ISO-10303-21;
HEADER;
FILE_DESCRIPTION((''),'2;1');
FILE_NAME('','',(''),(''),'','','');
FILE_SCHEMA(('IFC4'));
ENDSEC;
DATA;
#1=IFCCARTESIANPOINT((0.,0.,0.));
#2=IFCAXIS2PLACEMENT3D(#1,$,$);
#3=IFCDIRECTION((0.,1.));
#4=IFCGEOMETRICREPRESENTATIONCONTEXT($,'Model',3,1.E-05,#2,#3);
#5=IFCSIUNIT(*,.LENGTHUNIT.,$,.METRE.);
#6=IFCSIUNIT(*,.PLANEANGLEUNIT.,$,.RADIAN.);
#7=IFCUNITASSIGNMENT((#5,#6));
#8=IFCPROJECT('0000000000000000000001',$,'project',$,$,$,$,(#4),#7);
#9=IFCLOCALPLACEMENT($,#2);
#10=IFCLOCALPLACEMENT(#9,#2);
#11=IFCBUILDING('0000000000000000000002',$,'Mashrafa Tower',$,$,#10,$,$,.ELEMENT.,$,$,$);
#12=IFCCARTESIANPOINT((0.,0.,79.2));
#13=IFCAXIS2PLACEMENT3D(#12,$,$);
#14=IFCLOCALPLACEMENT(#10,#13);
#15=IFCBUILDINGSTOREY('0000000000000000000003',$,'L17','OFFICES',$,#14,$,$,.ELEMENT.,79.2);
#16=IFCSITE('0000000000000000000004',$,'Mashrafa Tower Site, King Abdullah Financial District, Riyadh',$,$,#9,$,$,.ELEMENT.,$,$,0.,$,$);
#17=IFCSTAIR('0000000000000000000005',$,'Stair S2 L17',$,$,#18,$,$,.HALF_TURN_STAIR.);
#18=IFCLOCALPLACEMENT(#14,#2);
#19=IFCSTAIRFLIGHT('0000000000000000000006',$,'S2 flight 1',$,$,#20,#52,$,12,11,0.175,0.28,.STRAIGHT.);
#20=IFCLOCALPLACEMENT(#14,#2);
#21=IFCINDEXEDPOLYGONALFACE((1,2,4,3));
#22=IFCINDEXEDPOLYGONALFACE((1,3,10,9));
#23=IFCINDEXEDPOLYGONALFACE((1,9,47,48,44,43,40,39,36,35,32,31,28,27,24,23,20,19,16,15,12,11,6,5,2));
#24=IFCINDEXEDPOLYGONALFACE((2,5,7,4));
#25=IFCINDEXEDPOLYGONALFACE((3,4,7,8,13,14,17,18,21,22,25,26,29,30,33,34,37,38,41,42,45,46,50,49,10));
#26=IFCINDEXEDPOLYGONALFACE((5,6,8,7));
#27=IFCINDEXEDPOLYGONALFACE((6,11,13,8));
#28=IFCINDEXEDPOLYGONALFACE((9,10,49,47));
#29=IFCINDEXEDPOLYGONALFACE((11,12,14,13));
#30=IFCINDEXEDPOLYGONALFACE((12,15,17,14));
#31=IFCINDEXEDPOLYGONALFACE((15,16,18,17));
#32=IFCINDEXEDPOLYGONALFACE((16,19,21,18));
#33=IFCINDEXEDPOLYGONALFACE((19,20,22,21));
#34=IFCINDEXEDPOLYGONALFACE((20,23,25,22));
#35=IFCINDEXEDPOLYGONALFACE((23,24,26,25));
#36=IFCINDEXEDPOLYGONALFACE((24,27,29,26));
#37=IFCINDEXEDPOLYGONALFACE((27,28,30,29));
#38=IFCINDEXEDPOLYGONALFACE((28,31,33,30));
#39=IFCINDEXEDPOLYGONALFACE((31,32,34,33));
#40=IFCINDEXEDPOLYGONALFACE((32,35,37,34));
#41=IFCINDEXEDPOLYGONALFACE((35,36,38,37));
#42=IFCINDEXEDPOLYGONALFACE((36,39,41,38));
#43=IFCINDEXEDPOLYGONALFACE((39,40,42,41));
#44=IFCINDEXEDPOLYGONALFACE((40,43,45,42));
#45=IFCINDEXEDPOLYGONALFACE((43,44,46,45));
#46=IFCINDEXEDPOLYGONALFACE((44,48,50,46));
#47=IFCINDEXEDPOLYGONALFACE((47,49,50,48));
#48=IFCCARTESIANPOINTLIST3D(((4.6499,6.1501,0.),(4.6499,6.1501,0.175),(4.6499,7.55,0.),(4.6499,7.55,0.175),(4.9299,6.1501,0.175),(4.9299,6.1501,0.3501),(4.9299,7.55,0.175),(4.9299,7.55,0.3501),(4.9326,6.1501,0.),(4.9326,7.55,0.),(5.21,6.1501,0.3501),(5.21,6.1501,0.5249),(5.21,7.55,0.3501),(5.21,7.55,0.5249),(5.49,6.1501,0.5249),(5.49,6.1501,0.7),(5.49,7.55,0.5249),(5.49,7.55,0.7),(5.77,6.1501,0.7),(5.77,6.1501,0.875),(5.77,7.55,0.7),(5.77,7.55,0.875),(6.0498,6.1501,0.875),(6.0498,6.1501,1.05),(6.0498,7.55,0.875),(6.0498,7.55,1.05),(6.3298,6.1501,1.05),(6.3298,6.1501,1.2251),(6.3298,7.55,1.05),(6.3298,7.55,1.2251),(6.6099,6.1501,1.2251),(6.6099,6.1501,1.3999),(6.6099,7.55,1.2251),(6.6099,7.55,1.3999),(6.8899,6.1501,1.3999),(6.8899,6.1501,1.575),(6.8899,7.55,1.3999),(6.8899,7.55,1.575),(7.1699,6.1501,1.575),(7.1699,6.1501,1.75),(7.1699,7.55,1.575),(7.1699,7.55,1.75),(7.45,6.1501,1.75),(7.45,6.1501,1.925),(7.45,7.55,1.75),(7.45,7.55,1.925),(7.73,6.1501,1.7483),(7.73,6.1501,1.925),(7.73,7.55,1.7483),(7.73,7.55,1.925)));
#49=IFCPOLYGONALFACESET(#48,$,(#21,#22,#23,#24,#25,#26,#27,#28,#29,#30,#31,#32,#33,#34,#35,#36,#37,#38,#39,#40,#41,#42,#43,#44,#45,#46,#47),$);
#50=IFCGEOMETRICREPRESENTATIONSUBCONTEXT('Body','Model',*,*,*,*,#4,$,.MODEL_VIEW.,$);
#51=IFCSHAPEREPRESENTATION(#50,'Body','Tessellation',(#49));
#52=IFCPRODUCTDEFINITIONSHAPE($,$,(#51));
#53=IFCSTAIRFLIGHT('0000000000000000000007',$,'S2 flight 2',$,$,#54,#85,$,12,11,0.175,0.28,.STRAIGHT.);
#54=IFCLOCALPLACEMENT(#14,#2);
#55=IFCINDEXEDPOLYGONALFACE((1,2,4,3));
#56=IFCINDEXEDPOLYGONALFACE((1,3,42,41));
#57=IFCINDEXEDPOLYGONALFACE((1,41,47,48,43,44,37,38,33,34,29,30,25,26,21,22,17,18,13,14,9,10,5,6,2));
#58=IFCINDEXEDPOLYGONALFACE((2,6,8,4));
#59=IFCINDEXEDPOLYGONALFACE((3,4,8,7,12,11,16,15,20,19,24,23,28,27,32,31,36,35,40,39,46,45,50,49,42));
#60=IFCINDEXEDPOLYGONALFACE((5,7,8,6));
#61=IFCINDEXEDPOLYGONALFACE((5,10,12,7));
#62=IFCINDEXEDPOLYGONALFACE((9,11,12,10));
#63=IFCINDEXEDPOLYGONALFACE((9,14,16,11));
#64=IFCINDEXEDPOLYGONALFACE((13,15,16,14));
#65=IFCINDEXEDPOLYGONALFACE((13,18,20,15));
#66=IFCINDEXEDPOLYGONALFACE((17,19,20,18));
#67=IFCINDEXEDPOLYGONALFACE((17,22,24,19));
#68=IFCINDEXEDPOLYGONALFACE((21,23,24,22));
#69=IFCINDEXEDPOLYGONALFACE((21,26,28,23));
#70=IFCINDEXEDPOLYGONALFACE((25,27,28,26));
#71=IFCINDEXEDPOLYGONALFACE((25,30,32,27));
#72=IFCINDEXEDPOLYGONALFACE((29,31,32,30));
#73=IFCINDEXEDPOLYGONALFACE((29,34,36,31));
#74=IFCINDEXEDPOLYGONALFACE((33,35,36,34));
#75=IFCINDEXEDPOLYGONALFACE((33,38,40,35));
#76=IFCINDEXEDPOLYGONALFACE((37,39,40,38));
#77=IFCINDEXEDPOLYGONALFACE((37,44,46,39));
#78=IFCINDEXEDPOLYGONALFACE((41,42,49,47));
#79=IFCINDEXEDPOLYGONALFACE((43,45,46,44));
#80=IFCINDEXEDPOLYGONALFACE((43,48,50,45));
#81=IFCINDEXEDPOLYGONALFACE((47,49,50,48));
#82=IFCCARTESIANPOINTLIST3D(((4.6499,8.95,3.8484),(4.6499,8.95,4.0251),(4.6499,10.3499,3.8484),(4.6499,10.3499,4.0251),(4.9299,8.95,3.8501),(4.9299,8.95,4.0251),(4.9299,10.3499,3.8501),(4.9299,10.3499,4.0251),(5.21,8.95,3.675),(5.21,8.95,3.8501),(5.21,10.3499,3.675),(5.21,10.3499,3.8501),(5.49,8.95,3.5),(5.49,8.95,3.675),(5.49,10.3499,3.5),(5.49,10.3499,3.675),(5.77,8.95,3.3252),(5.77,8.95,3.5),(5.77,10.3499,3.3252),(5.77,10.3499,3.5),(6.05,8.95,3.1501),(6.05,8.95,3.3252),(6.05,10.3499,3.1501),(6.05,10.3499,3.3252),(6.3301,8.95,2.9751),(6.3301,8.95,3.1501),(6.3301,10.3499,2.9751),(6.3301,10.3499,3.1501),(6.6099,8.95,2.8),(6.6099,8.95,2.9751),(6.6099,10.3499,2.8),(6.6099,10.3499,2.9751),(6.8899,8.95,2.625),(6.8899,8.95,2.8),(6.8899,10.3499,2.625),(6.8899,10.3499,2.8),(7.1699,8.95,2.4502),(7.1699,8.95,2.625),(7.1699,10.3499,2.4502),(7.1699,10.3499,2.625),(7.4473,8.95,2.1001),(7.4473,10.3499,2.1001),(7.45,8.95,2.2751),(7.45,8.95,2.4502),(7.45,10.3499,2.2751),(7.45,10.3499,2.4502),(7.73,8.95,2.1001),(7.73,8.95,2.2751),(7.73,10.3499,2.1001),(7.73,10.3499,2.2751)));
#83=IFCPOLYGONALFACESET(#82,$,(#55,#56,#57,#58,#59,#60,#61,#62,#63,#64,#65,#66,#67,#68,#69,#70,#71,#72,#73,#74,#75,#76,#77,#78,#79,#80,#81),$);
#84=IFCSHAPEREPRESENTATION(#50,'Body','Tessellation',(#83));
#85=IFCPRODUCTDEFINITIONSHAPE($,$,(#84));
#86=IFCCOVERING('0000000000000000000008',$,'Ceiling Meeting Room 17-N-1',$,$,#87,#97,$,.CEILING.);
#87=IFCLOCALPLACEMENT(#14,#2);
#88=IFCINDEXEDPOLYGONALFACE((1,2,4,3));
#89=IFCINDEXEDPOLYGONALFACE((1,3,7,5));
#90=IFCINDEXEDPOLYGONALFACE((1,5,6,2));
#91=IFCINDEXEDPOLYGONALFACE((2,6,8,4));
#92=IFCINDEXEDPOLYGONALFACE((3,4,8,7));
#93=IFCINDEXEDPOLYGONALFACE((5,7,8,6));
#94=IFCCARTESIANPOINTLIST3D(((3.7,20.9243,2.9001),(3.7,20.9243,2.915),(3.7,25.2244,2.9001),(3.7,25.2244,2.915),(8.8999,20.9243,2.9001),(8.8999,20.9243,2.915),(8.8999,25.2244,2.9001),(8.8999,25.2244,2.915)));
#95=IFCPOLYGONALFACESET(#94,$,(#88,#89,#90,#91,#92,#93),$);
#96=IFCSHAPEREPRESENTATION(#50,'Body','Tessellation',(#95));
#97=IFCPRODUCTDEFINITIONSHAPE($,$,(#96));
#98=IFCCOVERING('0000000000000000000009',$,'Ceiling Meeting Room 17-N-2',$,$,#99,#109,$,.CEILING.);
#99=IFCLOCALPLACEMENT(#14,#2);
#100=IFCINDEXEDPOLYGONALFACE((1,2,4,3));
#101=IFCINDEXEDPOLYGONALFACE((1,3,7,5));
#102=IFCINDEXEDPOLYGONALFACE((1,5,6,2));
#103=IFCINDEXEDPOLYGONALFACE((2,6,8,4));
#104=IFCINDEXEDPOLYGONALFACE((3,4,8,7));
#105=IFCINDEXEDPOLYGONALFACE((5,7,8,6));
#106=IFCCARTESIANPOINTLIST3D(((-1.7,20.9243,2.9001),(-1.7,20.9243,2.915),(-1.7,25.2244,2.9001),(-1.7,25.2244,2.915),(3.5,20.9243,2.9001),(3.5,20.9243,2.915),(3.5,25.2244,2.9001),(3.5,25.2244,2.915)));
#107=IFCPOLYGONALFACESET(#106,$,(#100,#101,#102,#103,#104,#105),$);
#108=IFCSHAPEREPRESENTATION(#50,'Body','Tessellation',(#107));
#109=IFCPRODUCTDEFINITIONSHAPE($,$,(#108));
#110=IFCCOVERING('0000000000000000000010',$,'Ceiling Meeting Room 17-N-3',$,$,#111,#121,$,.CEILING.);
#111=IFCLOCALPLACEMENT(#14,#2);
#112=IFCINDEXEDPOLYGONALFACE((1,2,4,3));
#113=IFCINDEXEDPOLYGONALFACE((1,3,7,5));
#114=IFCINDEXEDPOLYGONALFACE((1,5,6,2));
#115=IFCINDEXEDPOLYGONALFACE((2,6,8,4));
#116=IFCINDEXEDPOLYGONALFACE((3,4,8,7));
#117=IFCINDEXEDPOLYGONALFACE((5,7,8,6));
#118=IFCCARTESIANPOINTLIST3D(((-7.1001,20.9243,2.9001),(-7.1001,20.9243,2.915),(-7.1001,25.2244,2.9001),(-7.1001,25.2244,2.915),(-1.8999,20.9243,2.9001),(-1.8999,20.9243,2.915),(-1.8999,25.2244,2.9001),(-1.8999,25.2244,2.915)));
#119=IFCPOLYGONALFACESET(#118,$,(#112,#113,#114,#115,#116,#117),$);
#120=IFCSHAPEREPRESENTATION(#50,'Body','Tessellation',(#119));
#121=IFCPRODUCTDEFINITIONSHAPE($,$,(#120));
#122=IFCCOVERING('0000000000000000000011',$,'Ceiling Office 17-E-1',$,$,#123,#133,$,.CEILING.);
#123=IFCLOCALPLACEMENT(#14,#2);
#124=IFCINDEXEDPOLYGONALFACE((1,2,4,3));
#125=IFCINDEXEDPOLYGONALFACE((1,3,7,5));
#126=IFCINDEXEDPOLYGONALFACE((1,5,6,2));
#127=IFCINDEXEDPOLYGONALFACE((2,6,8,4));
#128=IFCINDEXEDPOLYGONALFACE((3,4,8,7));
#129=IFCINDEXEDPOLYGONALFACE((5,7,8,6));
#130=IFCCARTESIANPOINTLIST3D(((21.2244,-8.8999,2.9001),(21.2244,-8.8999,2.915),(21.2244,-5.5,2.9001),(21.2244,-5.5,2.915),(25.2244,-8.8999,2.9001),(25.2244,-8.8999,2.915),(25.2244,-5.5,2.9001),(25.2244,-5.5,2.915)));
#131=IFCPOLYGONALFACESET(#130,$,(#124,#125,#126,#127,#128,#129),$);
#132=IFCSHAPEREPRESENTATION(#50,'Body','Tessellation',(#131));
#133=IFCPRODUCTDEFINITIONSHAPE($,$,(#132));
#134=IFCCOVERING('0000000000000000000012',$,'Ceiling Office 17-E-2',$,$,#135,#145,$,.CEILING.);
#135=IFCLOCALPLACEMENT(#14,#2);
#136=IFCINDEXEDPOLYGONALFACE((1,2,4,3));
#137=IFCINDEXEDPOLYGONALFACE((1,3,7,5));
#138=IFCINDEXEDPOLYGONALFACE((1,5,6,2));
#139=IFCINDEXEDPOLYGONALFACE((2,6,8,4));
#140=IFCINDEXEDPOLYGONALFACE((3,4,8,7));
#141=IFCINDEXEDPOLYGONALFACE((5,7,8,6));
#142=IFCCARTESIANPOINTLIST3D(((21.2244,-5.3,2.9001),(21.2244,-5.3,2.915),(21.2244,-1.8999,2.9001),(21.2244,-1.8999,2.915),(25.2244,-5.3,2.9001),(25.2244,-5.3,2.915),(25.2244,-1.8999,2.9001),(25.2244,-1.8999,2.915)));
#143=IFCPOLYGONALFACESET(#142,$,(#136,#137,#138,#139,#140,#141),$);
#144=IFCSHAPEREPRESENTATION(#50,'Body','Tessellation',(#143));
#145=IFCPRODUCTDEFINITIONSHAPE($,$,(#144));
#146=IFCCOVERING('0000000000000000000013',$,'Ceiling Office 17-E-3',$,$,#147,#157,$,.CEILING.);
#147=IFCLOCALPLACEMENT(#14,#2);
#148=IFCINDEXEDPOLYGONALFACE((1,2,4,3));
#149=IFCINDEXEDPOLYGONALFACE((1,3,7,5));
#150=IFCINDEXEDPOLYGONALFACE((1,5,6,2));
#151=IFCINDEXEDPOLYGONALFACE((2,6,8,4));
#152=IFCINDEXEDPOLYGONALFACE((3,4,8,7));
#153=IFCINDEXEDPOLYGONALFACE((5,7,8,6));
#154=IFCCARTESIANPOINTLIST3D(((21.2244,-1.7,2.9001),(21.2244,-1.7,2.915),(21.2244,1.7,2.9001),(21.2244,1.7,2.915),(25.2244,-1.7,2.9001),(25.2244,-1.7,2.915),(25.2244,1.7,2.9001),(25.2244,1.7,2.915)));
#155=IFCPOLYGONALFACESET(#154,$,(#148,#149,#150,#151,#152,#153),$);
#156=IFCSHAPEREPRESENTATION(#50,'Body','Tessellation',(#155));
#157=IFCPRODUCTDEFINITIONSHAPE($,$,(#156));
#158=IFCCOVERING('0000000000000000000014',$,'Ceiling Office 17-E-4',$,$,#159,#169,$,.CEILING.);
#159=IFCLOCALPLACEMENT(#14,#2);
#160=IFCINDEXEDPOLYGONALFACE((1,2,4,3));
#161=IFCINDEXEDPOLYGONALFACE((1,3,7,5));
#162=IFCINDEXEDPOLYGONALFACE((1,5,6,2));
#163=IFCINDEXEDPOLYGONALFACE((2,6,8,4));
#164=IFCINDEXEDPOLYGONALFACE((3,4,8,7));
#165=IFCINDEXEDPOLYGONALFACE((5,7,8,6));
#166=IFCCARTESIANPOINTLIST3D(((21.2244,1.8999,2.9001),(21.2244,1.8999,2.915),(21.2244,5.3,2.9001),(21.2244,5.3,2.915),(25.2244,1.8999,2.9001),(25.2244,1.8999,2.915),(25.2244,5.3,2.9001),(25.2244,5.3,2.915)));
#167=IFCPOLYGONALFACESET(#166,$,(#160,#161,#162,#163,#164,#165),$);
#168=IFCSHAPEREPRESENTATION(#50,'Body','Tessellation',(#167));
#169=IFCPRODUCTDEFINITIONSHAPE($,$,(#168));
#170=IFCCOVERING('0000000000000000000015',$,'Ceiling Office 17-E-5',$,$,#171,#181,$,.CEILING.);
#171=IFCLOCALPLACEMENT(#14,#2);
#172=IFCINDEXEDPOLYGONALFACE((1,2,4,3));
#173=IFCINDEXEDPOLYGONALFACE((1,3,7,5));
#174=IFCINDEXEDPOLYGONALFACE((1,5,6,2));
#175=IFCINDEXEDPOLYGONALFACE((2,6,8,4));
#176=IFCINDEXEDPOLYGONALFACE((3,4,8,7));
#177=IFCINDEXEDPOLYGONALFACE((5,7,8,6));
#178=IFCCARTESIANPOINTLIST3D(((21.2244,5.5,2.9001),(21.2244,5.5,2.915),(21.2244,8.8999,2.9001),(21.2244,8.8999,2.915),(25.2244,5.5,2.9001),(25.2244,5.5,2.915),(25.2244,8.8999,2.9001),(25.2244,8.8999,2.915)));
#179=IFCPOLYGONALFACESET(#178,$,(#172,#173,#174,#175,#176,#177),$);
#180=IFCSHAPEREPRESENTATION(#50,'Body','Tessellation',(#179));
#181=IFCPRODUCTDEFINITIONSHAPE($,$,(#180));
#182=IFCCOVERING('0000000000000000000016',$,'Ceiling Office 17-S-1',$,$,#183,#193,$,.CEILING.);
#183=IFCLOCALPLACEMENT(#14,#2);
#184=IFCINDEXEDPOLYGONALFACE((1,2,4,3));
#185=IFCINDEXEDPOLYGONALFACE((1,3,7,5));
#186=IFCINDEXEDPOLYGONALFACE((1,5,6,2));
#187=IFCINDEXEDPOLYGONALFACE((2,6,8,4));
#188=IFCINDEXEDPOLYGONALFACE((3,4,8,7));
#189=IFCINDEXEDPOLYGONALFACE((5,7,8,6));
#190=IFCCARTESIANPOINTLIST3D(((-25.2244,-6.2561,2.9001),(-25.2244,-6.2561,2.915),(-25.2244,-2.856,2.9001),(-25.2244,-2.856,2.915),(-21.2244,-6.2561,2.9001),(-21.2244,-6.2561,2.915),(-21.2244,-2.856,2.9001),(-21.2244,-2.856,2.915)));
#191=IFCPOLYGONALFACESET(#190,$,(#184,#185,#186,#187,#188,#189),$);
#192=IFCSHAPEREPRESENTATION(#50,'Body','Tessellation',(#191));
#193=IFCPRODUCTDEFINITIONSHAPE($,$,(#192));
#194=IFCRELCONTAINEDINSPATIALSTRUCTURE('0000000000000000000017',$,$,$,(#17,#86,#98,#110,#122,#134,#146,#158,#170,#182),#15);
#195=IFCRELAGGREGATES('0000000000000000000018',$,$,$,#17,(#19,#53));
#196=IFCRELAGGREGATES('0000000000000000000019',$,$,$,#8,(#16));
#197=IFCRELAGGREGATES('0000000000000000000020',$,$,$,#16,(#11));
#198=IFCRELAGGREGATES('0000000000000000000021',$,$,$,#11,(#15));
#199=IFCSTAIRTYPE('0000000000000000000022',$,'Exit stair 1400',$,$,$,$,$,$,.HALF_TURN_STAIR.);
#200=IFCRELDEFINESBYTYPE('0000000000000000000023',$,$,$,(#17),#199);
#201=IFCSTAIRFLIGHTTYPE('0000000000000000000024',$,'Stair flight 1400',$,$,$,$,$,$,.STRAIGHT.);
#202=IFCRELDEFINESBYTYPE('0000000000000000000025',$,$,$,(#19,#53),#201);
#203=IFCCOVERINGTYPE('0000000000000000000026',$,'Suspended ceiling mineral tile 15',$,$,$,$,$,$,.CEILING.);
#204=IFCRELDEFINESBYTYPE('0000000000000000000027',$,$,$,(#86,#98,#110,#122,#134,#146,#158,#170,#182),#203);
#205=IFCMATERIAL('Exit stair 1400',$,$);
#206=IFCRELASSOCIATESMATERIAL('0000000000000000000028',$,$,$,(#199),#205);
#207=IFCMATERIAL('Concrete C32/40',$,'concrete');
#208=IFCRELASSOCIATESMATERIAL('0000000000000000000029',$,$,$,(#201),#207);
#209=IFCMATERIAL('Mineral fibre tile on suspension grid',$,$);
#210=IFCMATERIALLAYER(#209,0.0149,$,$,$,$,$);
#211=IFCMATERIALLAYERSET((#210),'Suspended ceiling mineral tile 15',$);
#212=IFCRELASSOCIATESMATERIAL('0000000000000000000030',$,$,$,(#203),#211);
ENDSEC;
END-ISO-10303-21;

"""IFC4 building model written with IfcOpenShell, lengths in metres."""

from ifc_helpers import new_model, si_unit, direction, frame, origin, place, context, subcontext, project, spatial, polyline, outline, extrude, material, layer, layer_set, type_object, element, aggregate, save


model = new_model("IFC4")

# Units and contexts
model_context = context("Model", 3, precision=1e-05, world=origin(), true_north=direction((0.0, 1.0)))
body_context = subcontext(model_context, "Body", "Model", "MODEL_VIEW")
ifc_project = project(units=[si_unit("LENGTHUNIT", "METRE"), si_unit("PLANEANGLEUNIT", "RADIAN")], contexts=[model_context])

# Site, building, storey
site_placement = place(None, origin())
site = spatial("IfcSite", under=ifc_project, at=site_placement, Name="Mashrafa Tower Site, King Abdullah Financial District, Riyadh", CompositionType="ELEMENT", RefElevation=0.0)
building_placement = place(site_placement, origin())
building = spatial("IfcBuilding", under=site, at=building_placement, Name="Mashrafa Tower", CompositionType="ELEMENT")
storey_placement = place(building_placement, frame((0.0, 0.0, 79.2)))
storey = spatial("IfcBuildingStorey", under=building, at=storey_placement, Name="L17", Description="OFFICES", CompositionType="ELEMENT", Elevation=79.2)

# Stair, stair flights
ifc_material_1 = material(Name="Exit stair 1400")
stair_type = type_object("IfcStairType", Name="Exit stair 1400", PredefinedType="HALF_TURN_STAIR", material=ifc_material_1)
stair_placement = place(storey_placement, origin())
stair = element("IfcStair", 1, at=stair_placement, inside=storey, type_object=stair_type, Name="Stair S2 L17", PredefinedType="HALF_TURN_STAIR")
ifc_material_2 = material(Name="Concrete C32/40", Category="concrete")
stair_flight_type = type_object("IfcStairFlightType", Name="Stair flight 1400", PredefinedType="STRAIGHT", material=ifc_material_2)
stair_flight_1_placement = place(storey_placement, frame((4.6499, 6.8501, 0.0), z_axis=(0.0, 0.0, 1.0), x_axis=(1.0, 0.0, 0.0)))
stair_flight_1 = element("IfcStairFlight", 2, at=stair_flight_1_placement, type_object=stair_flight_type, Name="S2 flight 1", NumberOfRisers=12, NumberOfTreads=11, PredefinedType="STRAIGHT", RiserHeight=0.175, TreadLength=0.28, context=body_context, shape_type="SweptSolid", body=[
    extrude(outline(polyline([(0.0, 0.0), (0.0, 0.175), (0.28, 0.175), (0.28, 0.3501), (0.5601, 0.3501), (0.5601, 0.5249), (0.8401, 0.5249), (0.8401, 0.7), (1.1201, 0.7), (1.1201, 0.875), (1.3999, 0.875), (1.3999, 1.05), (1.6799, 1.05), (1.6799, 1.2251), (1.96, 1.2251), (1.96, 1.3999), (2.24, 1.3999), (2.24, 1.575), (2.52, 1.575), (2.52, 1.75), (2.8, 1.75), (2.8, 1.925), (3.0801, 1.925), (3.0801, 2.1001), (3.0801, 1.7483), (0.2827, 0.0), (0.0, 0.0)])), frame((0.0, 0.7, 0.0), z_axis=(0.0, -1.0, 0.0), x_axis=(1.0, 0.0, 0.0)), (0.0, 0.0, 1.0), 1.3999),
])
stair_flight_2_placement = place(storey_placement, frame((7.73, 9.6499, 2.1001), z_axis=(0.0, 0.0, 1.0), x_axis=(-1.0, 0.0, 0.0)))
stair_flight_2 = element("IfcStairFlight", 3, at=stair_flight_2_placement, type_object=stair_flight_type, Name="S2 flight 2", NumberOfRisers=12, NumberOfTreads=11, PredefinedType="STRAIGHT", RiserHeight=0.175, TreadLength=0.28, context=body_context, shape_type="SweptSolid", body=[
    extrude(outline(polyline([(0.0, 0.0), (0.0, 0.175), (0.28, 0.175), (0.28, 0.3501), (0.5601, 0.3501), (0.5601, 0.5249), (0.8401, 0.5249), (0.8401, 0.7), (1.1201, 0.7), (1.1201, 0.875), (1.3999, 0.875), (1.3999, 1.05), (1.6799, 1.05), (1.6799, 1.2251), (1.96, 1.2251), (1.96, 1.3999), (2.24, 1.3999), (2.24, 1.575), (2.52, 1.575), (2.52, 1.75), (2.8, 1.75), (2.8, 1.925), (3.0801, 1.925), (3.0801, 2.1001), (3.0801, 1.7483), (0.2827, 0.0), (0.0, 0.0)])), frame((0.0, 0.7, 0.0), z_axis=(0.0, -1.0, 0.0), x_axis=(1.0, 0.0, 0.0)), (0.0, 0.0, 1.0), 1.3999),
])
aggregate(stair, [stair_flight_1, stair_flight_2])

# Coverings
ifc_material_3 = material(Name="Mineral fibre tile on suspension grid")
ifc_layer_1 = layer(ifc_material_3, 0.0149)
ifc_layer_set_1 = layer_set([ifc_layer_1], Name="Suspended ceiling mineral tile 15")
covering_type = type_object("IfcCoveringType", Name="Suspended ceiling mineral tile 15", PredefinedType="CEILING", material=ifc_layer_set_1)
covering_1_placement = place(storey_placement, frame((0.0, 0.0, 2.9001)))
element("IfcCovering", 4, at=covering_1_placement, inside=storey, type_object=covering_type, Name="Ceiling Meeting Room 17-N-1", PredefinedType="CEILING", context=body_context, shape_type="SweptSolid", body=[
    extrude(outline(polyline([(3.7, 25.2244), (8.8999, 25.2244), (8.8999, 20.9243), (3.7, 20.9243), (3.7, 25.2244)])), origin(), (0.0, 0.0, 1.0), 0.0149),
])
covering_2_placement = place(storey_placement, frame((0.0, 0.0, 2.9001)))
element("IfcCovering", 5, at=covering_2_placement, inside=storey, type_object=covering_type, Name="Ceiling Meeting Room 17-N-2", PredefinedType="CEILING", context=body_context, shape_type="SweptSolid", body=[
    extrude(outline(polyline([(-1.7, 25.2244), (3.5, 25.2244), (3.5, 20.9243), (-1.7, 20.9243), (-1.7, 25.2244)])), origin(), (0.0, 0.0, 1.0), 0.0149),
])
covering_3_placement = place(storey_placement, frame((0.0, 0.0, 2.9001)))
element("IfcCovering", 6, at=covering_3_placement, inside=storey, type_object=covering_type, Name="Ceiling Meeting Room 17-N-3", PredefinedType="CEILING", context=body_context, shape_type="SweptSolid", body=[
    extrude(outline(polyline([(-7.1001, 25.2244), (-1.8999, 25.2244), (-1.8999, 20.9243), (-7.1001, 20.9243), (-7.1001, 25.2244)])), origin(), (0.0, 0.0, 1.0), 0.0149),
])
covering_4_placement = place(storey_placement, frame((0.0, 0.0, 2.9001)))
element("IfcCovering", 7, at=covering_4_placement, inside=storey, type_object=covering_type, Name="Ceiling Office 17-E-1", PredefinedType="CEILING", context=body_context, shape_type="SweptSolid", body=[
    extrude(outline(polyline([(21.2244, -5.5), (25.2244, -5.5), (25.2244, -8.8999), (21.2244, -8.8999), (21.2244, -5.5)])), origin(), (0.0, 0.0, 1.0), 0.0149),
])
covering_5_placement = place(storey_placement, frame((0.0, 0.0, 2.9001)))
element("IfcCovering", 8, at=covering_5_placement, inside=storey, type_object=covering_type, Name="Ceiling Office 17-E-2", PredefinedType="CEILING", context=body_context, shape_type="SweptSolid", body=[
    extrude(outline(polyline([(21.2244, -1.8999), (25.2244, -1.8999), (25.2244, -5.3), (21.2244, -5.3), (21.2244, -1.8999)])), origin(), (0.0, 0.0, 1.0), 0.0149),
])
covering_6_placement = place(storey_placement, frame((0.0, 0.0, 2.9001)))
element("IfcCovering", 9, at=covering_6_placement, inside=storey, type_object=covering_type, Name="Ceiling Office 17-E-3", PredefinedType="CEILING", context=body_context, shape_type="SweptSolid", body=[
    extrude(outline(polyline([(21.2244, 1.7), (25.2244, 1.7), (25.2244, -1.7), (21.2244, -1.7), (21.2244, 1.7)])), origin(), (0.0, 0.0, 1.0), 0.0149),
])
covering_7_placement = place(storey_placement, frame((0.0, 0.0, 2.9001)))
element("IfcCovering", 10, at=covering_7_placement, inside=storey, type_object=covering_type, Name="Ceiling Office 17-E-4", PredefinedType="CEILING", context=body_context, shape_type="SweptSolid", body=[
    extrude(outline(polyline([(21.2244, 5.3), (25.2244, 5.3), (25.2244, 1.8999), (21.2244, 1.8999), (21.2244, 5.3)])), origin(), (0.0, 0.0, 1.0), 0.0149),
])
covering_8_placement = place(storey_placement, frame((0.0, 0.0, 2.9001)))
element("IfcCovering", 11, at=covering_8_placement, inside=storey, type_object=covering_type, Name="Ceiling Office 17-E-5", PredefinedType="CEILING", context=body_context, shape_type="SweptSolid", body=[
    extrude(outline(polyline([(21.2244, 8.8999), (25.2244, 8.8999), (25.2244, 5.5), (21.2244, 5.5), (21.2244, 8.8999)])), origin(), (0.0, 0.0, 1.0), 0.0149),
])
covering_9_placement = place(storey_placement, frame((0.0, 0.0, 2.9001)))
element("IfcCovering", 12, at=covering_9_placement, inside=storey, type_object=covering_type, Name="Ceiling Office 17-S-1", PredefinedType="CEILING", context=body_context, shape_type="SweptSolid", body=[
    extrude(outline(polyline([(-21.2244, -2.856), (-21.2244, -6.2561), (-25.2244, -6.2561), (-25.2244, -2.856), (-21.2244, -2.856)])), origin(), (0.0, 0.0, 1.0), 0.0149),
])

save(model, "model.ifc")
